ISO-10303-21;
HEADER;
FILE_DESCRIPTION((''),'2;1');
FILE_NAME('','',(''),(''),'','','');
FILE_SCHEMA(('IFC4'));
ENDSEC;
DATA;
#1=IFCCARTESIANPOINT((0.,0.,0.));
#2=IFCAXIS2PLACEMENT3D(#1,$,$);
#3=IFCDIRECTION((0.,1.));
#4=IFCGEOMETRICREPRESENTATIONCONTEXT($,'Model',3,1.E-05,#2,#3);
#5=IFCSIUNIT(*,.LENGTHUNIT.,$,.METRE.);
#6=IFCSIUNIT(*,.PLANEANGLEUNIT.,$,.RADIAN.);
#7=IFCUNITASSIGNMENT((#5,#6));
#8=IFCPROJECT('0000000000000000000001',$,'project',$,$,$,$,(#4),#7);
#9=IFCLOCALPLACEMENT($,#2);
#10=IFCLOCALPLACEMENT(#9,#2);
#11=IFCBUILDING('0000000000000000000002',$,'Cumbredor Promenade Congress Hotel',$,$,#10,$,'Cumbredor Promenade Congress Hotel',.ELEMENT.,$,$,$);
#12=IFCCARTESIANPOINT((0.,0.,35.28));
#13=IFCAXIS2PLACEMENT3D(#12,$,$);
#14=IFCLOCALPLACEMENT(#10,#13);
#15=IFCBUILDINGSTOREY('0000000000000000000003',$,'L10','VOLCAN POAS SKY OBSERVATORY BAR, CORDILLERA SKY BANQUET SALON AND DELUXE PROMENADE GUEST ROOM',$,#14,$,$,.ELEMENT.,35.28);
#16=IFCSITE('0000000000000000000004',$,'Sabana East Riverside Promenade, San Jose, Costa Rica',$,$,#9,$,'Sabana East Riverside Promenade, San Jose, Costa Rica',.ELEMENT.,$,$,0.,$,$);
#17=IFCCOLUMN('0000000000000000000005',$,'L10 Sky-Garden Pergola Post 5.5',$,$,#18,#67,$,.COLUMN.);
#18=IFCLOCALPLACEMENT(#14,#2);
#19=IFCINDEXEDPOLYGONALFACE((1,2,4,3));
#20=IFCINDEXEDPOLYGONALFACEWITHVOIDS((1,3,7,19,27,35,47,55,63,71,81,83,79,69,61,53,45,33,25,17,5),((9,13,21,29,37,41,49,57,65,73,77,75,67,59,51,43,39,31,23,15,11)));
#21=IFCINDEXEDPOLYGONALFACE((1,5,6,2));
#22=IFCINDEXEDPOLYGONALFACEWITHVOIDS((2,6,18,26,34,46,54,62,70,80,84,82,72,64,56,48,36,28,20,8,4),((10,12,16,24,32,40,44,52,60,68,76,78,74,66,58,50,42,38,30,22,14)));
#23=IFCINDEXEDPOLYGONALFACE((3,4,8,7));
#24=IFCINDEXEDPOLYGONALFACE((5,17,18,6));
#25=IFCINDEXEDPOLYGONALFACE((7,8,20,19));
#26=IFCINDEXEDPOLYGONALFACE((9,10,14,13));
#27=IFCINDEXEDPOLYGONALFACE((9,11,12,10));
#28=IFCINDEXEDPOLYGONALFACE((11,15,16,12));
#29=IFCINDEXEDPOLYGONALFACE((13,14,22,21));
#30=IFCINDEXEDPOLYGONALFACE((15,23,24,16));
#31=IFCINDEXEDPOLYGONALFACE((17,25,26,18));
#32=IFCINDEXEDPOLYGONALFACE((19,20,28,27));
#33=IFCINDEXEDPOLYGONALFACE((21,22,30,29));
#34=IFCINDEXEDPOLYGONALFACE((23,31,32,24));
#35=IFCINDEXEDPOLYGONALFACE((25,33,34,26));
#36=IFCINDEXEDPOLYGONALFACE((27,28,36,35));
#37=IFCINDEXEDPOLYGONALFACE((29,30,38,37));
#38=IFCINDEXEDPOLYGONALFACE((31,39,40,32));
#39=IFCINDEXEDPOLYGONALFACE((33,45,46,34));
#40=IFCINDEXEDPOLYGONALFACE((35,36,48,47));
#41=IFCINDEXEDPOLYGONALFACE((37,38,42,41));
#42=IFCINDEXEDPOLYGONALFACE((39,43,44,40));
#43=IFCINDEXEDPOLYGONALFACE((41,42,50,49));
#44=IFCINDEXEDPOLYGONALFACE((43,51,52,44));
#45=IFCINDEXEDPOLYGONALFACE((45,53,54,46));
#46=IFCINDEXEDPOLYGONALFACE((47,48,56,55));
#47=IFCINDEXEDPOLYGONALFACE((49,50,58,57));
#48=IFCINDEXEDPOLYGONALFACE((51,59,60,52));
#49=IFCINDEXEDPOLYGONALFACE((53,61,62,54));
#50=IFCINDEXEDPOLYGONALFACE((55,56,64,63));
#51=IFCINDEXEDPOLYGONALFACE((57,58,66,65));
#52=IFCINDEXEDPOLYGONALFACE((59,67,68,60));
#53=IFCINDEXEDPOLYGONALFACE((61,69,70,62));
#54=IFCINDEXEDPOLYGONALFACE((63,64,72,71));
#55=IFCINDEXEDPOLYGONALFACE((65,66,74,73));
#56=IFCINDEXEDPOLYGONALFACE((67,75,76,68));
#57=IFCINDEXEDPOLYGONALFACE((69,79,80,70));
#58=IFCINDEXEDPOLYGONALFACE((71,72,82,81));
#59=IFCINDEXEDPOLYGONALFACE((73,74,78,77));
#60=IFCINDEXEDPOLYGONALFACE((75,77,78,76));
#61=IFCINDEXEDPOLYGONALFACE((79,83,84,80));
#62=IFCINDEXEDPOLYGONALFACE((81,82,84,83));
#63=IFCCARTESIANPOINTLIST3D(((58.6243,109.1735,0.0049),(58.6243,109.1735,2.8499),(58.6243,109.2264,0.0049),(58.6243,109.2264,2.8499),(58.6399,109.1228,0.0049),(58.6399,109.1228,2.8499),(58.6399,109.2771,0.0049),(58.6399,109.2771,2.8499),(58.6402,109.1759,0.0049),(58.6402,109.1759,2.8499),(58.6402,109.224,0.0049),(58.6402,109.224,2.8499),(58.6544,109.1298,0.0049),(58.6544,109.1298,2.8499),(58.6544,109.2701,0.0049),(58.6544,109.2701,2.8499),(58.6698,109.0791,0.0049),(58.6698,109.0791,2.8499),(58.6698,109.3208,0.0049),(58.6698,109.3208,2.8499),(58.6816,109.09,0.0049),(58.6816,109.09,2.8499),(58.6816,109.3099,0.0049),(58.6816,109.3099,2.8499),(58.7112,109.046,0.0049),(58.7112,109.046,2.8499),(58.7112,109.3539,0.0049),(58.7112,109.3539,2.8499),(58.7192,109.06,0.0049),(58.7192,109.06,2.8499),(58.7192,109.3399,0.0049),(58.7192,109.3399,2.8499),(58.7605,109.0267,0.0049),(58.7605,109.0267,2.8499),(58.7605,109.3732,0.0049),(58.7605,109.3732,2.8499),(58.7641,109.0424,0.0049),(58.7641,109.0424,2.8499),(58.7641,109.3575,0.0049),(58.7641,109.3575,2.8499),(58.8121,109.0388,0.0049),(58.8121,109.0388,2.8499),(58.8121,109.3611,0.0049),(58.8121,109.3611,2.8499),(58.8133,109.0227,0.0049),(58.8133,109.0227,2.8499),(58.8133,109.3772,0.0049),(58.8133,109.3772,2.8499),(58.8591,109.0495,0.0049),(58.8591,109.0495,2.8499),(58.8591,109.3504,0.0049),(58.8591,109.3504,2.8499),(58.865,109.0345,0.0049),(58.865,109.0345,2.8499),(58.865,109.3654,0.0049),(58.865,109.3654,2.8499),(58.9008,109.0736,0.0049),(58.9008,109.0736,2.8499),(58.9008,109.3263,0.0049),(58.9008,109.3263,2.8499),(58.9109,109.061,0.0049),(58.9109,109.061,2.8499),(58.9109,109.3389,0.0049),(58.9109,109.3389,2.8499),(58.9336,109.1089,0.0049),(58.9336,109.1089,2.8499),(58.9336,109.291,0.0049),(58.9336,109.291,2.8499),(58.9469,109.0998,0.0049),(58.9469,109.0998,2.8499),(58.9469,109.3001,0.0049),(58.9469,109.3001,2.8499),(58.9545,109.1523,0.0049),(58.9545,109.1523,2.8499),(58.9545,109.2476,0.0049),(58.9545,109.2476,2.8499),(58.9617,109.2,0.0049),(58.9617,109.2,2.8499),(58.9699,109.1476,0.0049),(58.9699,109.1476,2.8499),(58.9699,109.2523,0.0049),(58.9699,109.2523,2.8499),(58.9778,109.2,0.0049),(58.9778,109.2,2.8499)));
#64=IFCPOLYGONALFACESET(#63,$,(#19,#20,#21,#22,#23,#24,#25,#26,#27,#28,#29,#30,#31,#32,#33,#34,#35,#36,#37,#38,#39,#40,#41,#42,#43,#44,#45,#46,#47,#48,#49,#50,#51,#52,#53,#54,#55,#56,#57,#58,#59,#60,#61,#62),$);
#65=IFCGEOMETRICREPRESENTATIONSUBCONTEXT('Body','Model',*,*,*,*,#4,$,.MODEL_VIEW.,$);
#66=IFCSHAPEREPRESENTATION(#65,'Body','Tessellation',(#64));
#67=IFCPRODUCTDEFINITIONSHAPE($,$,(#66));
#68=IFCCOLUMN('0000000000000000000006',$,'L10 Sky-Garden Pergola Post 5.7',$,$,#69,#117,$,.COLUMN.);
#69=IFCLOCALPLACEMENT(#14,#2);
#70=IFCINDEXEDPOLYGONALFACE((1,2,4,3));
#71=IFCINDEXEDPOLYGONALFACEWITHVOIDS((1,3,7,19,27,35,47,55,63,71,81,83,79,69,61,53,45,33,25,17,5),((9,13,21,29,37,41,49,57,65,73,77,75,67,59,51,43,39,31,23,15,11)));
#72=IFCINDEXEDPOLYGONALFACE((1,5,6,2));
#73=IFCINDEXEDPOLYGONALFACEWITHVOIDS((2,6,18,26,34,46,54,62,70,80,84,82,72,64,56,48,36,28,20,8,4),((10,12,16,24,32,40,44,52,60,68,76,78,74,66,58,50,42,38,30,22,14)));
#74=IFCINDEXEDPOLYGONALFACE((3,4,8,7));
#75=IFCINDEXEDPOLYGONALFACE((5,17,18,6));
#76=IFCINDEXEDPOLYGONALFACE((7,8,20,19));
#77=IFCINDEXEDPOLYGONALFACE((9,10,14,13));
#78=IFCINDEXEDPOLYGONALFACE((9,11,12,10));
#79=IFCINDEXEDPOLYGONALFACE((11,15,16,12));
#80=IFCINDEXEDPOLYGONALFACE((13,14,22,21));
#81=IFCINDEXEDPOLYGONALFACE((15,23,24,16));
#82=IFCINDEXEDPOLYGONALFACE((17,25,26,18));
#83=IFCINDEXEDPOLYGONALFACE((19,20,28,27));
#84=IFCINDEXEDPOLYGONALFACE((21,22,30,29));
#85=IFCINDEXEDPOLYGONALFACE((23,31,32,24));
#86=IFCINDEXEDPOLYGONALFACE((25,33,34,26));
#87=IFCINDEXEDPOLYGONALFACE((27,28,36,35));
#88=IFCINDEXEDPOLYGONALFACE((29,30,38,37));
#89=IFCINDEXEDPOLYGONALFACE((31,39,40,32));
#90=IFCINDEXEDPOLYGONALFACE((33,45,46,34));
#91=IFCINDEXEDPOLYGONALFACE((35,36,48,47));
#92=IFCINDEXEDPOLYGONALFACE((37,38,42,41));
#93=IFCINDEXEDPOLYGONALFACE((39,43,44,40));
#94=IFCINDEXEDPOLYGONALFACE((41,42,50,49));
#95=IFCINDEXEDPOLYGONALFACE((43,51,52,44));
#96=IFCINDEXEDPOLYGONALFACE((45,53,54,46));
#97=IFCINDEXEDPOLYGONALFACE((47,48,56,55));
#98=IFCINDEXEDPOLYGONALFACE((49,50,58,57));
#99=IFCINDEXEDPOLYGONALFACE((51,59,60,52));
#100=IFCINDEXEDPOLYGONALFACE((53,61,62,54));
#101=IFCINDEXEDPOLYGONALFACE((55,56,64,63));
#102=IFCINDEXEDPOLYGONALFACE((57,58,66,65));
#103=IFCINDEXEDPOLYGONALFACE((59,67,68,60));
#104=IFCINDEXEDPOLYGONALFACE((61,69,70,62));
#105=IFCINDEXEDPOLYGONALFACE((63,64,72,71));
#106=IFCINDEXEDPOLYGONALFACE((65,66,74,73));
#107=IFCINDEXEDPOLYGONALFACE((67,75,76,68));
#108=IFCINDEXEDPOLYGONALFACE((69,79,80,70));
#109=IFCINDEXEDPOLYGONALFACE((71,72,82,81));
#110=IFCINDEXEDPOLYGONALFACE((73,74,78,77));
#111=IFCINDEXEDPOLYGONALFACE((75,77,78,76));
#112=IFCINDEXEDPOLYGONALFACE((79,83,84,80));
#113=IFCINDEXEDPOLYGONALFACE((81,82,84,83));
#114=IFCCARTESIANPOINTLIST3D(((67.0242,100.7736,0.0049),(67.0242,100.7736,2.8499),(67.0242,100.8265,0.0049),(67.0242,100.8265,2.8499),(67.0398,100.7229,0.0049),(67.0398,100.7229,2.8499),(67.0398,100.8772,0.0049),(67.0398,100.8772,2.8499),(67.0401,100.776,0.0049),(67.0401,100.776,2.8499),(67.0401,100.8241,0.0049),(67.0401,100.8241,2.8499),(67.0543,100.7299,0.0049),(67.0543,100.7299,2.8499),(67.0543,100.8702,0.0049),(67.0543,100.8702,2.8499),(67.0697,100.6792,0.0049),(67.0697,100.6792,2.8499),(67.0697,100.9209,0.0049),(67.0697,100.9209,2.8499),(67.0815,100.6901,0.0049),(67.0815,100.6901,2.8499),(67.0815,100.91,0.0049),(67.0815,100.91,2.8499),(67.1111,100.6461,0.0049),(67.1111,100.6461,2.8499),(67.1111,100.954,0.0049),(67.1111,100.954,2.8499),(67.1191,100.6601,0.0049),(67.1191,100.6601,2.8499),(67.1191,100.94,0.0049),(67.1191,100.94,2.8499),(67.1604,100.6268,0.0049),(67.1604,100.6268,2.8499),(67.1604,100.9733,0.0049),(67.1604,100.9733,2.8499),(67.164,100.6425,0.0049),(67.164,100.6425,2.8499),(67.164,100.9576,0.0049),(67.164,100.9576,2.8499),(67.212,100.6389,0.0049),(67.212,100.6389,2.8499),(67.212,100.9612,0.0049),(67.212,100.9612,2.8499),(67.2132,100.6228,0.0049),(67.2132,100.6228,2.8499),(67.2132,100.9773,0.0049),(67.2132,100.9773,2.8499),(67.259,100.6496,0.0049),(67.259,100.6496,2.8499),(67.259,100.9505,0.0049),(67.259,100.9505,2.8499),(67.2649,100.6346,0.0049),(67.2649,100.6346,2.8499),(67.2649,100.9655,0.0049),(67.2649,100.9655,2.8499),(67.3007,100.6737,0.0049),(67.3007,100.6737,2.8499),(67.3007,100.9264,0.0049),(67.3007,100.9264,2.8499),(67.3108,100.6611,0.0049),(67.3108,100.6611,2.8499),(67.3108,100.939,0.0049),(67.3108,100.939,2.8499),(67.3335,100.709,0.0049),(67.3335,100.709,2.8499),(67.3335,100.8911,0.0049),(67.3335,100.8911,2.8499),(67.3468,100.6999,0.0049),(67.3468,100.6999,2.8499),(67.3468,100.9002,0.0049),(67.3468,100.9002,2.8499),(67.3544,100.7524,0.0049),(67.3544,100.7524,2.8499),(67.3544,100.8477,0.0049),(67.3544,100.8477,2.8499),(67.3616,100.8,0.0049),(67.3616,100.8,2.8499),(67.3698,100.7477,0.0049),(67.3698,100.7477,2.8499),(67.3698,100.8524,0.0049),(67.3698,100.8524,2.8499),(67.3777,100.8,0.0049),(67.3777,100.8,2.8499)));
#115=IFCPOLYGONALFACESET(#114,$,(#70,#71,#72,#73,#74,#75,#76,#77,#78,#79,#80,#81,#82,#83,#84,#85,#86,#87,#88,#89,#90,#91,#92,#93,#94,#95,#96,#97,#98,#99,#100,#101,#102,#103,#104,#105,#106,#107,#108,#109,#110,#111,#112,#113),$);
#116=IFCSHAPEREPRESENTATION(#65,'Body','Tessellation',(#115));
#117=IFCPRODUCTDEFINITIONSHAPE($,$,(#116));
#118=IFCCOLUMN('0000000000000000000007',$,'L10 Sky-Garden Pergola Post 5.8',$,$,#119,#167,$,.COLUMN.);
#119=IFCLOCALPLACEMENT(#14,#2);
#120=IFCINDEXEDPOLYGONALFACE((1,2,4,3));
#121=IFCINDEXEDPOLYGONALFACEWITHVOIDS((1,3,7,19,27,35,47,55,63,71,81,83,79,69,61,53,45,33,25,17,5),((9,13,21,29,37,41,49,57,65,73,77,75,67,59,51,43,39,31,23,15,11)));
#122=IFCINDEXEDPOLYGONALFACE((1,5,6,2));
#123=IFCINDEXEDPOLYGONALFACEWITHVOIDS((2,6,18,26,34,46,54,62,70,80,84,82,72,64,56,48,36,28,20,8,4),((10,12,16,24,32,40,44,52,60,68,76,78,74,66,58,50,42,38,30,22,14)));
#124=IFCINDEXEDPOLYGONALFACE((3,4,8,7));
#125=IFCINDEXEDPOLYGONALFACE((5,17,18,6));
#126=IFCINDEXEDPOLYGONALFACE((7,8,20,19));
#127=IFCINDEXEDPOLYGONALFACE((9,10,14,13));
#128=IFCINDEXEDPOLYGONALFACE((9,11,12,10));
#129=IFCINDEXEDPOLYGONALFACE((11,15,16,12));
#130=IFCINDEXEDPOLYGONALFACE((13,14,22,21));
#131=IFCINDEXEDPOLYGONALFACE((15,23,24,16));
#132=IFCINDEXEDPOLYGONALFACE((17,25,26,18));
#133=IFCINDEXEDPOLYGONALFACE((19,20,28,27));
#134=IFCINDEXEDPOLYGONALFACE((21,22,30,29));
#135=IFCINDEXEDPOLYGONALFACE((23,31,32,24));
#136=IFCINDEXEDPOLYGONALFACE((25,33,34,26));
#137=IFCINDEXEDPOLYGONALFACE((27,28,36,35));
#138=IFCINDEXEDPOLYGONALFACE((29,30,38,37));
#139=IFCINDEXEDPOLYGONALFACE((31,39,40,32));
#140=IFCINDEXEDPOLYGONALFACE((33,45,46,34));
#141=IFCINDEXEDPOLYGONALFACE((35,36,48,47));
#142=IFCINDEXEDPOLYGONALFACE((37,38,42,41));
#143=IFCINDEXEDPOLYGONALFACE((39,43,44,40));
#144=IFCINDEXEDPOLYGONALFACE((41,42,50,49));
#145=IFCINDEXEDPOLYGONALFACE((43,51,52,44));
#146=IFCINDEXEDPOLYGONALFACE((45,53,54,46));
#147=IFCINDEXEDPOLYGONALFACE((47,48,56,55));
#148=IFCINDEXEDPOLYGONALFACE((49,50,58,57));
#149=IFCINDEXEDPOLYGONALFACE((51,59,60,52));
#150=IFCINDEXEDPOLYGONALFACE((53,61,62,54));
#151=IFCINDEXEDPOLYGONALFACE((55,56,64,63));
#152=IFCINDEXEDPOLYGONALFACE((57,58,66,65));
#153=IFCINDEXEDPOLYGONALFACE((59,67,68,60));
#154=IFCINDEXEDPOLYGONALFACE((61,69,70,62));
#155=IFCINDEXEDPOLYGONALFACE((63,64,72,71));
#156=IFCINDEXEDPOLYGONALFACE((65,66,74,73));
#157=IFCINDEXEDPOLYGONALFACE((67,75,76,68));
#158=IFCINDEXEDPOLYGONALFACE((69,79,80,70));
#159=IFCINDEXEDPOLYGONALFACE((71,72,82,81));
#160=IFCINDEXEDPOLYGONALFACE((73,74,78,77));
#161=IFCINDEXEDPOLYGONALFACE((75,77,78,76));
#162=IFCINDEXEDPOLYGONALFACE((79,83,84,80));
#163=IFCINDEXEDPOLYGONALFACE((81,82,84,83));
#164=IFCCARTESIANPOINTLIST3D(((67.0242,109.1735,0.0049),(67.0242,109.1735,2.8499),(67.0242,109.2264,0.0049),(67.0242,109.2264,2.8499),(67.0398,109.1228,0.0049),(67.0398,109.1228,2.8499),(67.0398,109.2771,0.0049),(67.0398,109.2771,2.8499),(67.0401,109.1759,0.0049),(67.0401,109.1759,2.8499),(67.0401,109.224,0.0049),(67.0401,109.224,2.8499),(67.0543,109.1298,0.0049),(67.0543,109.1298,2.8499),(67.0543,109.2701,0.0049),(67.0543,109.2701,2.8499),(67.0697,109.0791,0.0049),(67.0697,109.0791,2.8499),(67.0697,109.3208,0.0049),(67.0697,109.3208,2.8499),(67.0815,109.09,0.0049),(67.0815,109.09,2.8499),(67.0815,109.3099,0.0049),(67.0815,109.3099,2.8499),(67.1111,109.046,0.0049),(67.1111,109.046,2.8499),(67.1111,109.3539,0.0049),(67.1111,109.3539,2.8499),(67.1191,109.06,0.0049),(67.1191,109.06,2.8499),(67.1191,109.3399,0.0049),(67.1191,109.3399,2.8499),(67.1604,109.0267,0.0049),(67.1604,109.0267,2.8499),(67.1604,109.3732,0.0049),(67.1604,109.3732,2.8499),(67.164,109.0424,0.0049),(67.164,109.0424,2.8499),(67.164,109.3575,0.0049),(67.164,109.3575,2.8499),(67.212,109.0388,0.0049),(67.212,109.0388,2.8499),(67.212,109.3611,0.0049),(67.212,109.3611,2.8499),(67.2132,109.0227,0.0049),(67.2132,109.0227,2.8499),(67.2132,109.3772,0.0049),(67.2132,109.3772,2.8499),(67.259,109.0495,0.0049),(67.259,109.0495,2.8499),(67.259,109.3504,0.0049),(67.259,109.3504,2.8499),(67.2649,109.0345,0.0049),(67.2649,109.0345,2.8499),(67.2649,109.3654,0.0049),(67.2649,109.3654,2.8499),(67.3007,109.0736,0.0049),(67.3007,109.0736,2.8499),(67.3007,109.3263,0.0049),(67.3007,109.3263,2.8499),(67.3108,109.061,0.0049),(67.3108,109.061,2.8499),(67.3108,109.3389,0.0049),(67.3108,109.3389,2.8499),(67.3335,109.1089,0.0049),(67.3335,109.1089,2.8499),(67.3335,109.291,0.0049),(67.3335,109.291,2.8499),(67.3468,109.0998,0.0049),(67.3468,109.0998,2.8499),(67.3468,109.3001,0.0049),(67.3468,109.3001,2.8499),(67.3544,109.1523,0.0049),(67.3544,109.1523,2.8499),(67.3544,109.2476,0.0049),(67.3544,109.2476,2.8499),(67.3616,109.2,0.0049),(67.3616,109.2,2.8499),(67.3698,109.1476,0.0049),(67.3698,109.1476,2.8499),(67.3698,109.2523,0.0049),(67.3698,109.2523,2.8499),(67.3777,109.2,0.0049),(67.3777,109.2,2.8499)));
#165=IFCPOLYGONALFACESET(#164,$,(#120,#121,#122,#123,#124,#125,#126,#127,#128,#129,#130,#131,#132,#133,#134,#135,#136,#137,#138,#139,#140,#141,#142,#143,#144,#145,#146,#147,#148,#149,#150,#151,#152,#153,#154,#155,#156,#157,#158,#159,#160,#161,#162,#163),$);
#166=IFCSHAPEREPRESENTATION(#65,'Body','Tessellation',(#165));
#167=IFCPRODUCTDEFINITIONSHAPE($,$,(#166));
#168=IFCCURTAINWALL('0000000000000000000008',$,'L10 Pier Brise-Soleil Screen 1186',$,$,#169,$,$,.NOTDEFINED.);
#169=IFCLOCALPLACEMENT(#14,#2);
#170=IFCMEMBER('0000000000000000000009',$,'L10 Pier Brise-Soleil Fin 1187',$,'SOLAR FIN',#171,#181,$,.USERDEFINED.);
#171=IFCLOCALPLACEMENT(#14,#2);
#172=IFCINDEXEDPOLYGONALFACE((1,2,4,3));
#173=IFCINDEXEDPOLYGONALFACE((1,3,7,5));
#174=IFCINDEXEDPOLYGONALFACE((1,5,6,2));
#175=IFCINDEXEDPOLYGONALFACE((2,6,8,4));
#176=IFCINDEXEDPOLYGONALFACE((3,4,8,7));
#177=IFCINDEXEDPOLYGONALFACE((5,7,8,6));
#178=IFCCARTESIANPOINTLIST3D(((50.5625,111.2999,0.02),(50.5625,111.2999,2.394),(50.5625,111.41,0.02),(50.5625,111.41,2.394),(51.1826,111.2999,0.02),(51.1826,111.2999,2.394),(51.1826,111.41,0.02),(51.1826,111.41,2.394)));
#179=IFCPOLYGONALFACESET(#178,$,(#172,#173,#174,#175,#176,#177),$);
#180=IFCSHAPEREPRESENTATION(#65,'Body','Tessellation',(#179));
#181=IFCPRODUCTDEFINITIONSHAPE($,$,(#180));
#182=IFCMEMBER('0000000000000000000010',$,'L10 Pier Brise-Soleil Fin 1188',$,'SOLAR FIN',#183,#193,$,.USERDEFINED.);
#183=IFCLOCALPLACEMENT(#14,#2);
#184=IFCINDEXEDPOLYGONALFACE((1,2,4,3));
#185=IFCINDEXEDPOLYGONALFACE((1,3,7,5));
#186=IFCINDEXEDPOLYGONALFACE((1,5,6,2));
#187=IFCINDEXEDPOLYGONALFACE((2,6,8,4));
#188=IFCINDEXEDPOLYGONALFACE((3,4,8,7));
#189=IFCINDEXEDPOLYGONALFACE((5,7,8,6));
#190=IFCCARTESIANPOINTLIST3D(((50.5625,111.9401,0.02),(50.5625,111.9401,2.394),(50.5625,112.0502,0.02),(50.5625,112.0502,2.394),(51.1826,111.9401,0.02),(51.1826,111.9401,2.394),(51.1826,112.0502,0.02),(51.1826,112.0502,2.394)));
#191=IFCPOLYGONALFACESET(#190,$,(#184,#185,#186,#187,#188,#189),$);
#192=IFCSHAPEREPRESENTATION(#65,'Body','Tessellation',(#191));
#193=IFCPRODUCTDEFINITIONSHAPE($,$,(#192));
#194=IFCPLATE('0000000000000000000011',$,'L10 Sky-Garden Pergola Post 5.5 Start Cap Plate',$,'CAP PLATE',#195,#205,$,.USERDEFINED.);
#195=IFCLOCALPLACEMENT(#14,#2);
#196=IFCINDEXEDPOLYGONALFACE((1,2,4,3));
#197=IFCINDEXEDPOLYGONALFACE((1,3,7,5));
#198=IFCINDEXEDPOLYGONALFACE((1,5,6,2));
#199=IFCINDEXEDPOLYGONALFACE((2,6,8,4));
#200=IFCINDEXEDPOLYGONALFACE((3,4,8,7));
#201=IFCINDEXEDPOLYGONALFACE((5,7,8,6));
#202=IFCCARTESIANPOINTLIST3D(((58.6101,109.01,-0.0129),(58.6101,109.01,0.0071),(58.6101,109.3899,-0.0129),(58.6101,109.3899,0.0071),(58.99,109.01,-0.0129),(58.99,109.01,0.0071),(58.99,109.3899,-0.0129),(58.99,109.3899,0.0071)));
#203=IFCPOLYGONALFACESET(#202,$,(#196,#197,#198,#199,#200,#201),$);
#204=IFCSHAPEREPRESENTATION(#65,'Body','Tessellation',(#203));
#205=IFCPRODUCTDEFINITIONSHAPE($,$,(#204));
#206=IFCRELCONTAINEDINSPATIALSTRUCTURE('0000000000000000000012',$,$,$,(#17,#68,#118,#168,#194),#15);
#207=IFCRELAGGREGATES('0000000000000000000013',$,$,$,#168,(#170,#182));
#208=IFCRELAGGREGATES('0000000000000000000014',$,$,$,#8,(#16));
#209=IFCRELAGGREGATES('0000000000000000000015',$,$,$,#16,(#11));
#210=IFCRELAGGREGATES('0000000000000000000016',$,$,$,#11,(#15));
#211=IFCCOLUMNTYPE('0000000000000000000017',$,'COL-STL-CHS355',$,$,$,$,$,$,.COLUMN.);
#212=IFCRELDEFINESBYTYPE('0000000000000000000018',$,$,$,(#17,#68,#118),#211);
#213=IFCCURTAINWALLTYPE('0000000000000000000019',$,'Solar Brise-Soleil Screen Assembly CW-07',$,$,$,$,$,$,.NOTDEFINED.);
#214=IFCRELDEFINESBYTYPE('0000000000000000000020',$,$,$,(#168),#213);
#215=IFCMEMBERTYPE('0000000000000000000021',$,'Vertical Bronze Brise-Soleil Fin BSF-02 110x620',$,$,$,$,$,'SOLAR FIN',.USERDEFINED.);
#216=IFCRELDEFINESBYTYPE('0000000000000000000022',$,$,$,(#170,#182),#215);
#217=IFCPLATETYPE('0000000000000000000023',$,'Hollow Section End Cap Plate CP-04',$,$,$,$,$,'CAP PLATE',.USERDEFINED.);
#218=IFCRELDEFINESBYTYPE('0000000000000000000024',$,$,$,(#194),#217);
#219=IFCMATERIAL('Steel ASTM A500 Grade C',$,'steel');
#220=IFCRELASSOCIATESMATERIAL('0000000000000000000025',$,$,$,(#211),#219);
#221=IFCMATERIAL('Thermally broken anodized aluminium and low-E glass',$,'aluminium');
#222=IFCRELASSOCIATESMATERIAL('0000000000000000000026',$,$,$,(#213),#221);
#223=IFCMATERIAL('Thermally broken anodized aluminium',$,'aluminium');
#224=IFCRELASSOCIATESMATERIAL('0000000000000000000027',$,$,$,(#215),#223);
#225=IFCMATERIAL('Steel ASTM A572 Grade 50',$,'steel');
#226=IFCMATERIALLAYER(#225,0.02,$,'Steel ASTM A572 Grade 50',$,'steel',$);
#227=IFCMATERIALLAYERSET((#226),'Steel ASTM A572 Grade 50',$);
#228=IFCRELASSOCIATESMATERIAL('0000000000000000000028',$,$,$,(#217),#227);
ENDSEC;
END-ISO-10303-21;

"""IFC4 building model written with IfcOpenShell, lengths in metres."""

from ifc_helpers import new_model, si_unit, direction, frame, origin, origin_2d, place, context, subcontext, project, spatial, rectangle, hollow_circle, extrude, material, layer, layer_set, material_profile, profile_set, type_object, element, aggregate, save


model = new_model("IFC4")

# Units and contexts
model_context = context("Model", 3, precision=1e-05, world=origin(), true_north=direction((0.0, 1.0)))
body_context = subcontext(model_context, "Body", "Model", "MODEL_VIEW")
ifc_project = project(units=[si_unit("LENGTHUNIT", "METRE"), si_unit("PLANEANGLEUNIT", "RADIAN")], contexts=[model_context])

# Site, building, storey
site_placement = place(None, origin())
site = spatial("IfcSite", under=ifc_project, at=site_placement, Name="Sabana East Riverside Promenade, San Jose, Costa Rica", LongName="Sabana East Riverside Promenade, San Jose, Costa Rica", CompositionType="ELEMENT", RefElevation=0.0)
building_placement = place(site_placement, origin())
building = spatial("IfcBuilding", under=site, at=building_placement, Name="Cumbredor Promenade Congress Hotel", LongName="Cumbredor Promenade Congress Hotel", CompositionType="ELEMENT")
storey_placement = place(building_placement, frame((0.0, 0.0, 35.28)))
storey = spatial("IfcBuildingStorey", under=building, at=storey_placement, Name="L10", Description="VOLCAN POAS SKY OBSERVATORY BAR, CORDILLERA SKY BANQUET SALON AND DELUXE PROMENADE GUEST ROOM", CompositionType="ELEMENT", Elevation=35.28)

# Columns
ifc_material_1 = material(Name="Steel ASTM A500 Grade C", Category="steel")
ifc_material_profile_1 = material_profile(ifc_material_1, hollow_circle(Radius=0.1777, WallThickness=0.0161, at=origin_2d()), Name="CHS 355.6x16")
ifc_profile_set_1 = profile_set([ifc_material_profile_1], Name="Steel ASTM A500 Grade C")
column_type = type_object("IfcColumnType", Name="COL-STL-CHS355", PredefinedType="COLUMN", material=ifc_profile_set_1)
for number, where, z_axis, x_axis, name in (
    (1, (58.8, 109.2, 0.0049), (0.0, 0.0, 1.0), (1.0, 0.0, 0.0), "L10 Sky-Garden Pergola Post 5.5"),
    (2, (67.2, 100.8, 0.0049), (0.0, 0.0, 1.0), (1.0, 0.0, 0.0), "L10 Sky-Garden Pergola Post 5.7"),
    (3, (67.2, 109.2, 0.0049), (0.0, 0.0, 1.0), (1.0, 0.0, 0.0), "L10 Sky-Garden Pergola Post 5.8"),
):
    element("IfcColumn", number, at=place(storey_placement, frame(where, z_axis=z_axis, x_axis=x_axis)), inside=storey, type_object=column_type, Name=name, PredefinedType="COLUMN", context=body_context, shape_type="SweptSolid", body=[
        extrude(hollow_circle(Radius=0.1777, WallThickness=0.0161, at=origin_2d()), origin(), (0.0, 0.0, 1.0), 2.845),
    ])

# Curtain wall, members
ifc_material_2 = material(Name="Thermally broken anodized aluminium and low-E glass", Category="aluminium")
curtain_wall_type = type_object("IfcCurtainWallType", Name="Solar Brise-Soleil Screen Assembly CW-07", PredefinedType="NOTDEFINED", material=ifc_material_2)
curtain_wall_placement = place(storey_placement, origin())
curtain_wall = element("IfcCurtainWall", 4, at=curtain_wall_placement, inside=storey, type_object=curtain_wall_type, Name="L10 Pier Brise-Soleil Screen 1186", PredefinedType="NOTDEFINED")
ifc_material_3 = material(Name="Thermally broken anodized aluminium", Category="aluminium")
ifc_material_profile_2 = material_profile(ifc_material_3, rectangle(XDim=0.1101, YDim=0.6201, at=origin_2d()), Name="ARCH FIN 110x620")
ifc_profile_set_2 = profile_set([ifc_material_profile_2], Name="Thermally broken anodized aluminium")
member_type = type_object("IfcMemberType", Name="Vertical Bronze Brise-Soleil Fin BSF-02 110x620", ElementType="SOLAR FIN", PredefinedType="USERDEFINED", material=ifc_profile_set_2)
member_1_placement = place(storey_placement, frame((50.8726, 111.355, 0.02), z_axis=(0.0, 0.0, 1.0), x_axis=(0.0, 1.0, 0.0)))
member_1 = element("IfcMember", 5, at=member_1_placement, type_object=member_type, Name="L10 Pier Brise-Soleil Fin 1187", ObjectType="SOLAR FIN", PredefinedType="USERDEFINED", context=body_context, shape_type="SweptSolid", body=[
    extrude(rectangle(XDim=0.1101, YDim=0.6201, at=origin_2d()), origin(), (0.0, 0.0, 1.0), 2.374),
])
member_2_placement = place(storey_placement, frame((50.8726, 111.9951, 0.02), z_axis=(0.0, 0.0, 1.0), x_axis=(0.0, 1.0, 0.0)))
member_2 = element("IfcMember", 6, at=member_2_placement, type_object=member_type, Name="L10 Pier Brise-Soleil Fin 1188", ObjectType="SOLAR FIN", PredefinedType="USERDEFINED", context=body_context, shape_type="SweptSolid", body=[
    extrude(rectangle(XDim=0.1101, YDim=0.6201, at=origin_2d()), origin(), (0.0, 0.0, 1.0), 2.374),
])
aggregate(curtain_wall, [member_1, member_2])

# Plate
ifc_material_4 = material(Name="Steel ASTM A572 Grade 50", Category="steel")
ifc_layer_1 = layer(ifc_material_4, 0.02, Name="Steel ASTM A572 Grade 50", Category="steel")
ifc_layer_set_1 = layer_set([ifc_layer_1], Name="Steel ASTM A572 Grade 50")
plate_type_1 = type_object("IfcPlateType", Name="Hollow Section End Cap Plate CP-04", ElementType="CAP PLATE", PredefinedType="USERDEFINED", material=ifc_layer_set_1)
for number, where, z_axis, x_axis, name in (
    (7, (58.8, 109.2, -0.0129), (0.0, 0.0, 1.0), (1.0, 0.0, 0.0), "L10 Sky-Garden Pergola Post 5.5 Start Cap Plate"),
):
    element("IfcPlate", number, at=place(storey_placement, frame(where, z_axis=z_axis, x_axis=x_axis)), inside=storey, type_object=plate_type_1, Name=name, ObjectType="CAP PLATE", PredefinedType="USERDEFINED", context=body_context, shape_type="SweptSolid", body=[
        extrude(rectangle(XDim=0.3799, YDim=0.3799, at=origin_2d()), origin(), (0.0, 0.0, 1.0), 0.02),
    ])

save(model, "model.ifc")
